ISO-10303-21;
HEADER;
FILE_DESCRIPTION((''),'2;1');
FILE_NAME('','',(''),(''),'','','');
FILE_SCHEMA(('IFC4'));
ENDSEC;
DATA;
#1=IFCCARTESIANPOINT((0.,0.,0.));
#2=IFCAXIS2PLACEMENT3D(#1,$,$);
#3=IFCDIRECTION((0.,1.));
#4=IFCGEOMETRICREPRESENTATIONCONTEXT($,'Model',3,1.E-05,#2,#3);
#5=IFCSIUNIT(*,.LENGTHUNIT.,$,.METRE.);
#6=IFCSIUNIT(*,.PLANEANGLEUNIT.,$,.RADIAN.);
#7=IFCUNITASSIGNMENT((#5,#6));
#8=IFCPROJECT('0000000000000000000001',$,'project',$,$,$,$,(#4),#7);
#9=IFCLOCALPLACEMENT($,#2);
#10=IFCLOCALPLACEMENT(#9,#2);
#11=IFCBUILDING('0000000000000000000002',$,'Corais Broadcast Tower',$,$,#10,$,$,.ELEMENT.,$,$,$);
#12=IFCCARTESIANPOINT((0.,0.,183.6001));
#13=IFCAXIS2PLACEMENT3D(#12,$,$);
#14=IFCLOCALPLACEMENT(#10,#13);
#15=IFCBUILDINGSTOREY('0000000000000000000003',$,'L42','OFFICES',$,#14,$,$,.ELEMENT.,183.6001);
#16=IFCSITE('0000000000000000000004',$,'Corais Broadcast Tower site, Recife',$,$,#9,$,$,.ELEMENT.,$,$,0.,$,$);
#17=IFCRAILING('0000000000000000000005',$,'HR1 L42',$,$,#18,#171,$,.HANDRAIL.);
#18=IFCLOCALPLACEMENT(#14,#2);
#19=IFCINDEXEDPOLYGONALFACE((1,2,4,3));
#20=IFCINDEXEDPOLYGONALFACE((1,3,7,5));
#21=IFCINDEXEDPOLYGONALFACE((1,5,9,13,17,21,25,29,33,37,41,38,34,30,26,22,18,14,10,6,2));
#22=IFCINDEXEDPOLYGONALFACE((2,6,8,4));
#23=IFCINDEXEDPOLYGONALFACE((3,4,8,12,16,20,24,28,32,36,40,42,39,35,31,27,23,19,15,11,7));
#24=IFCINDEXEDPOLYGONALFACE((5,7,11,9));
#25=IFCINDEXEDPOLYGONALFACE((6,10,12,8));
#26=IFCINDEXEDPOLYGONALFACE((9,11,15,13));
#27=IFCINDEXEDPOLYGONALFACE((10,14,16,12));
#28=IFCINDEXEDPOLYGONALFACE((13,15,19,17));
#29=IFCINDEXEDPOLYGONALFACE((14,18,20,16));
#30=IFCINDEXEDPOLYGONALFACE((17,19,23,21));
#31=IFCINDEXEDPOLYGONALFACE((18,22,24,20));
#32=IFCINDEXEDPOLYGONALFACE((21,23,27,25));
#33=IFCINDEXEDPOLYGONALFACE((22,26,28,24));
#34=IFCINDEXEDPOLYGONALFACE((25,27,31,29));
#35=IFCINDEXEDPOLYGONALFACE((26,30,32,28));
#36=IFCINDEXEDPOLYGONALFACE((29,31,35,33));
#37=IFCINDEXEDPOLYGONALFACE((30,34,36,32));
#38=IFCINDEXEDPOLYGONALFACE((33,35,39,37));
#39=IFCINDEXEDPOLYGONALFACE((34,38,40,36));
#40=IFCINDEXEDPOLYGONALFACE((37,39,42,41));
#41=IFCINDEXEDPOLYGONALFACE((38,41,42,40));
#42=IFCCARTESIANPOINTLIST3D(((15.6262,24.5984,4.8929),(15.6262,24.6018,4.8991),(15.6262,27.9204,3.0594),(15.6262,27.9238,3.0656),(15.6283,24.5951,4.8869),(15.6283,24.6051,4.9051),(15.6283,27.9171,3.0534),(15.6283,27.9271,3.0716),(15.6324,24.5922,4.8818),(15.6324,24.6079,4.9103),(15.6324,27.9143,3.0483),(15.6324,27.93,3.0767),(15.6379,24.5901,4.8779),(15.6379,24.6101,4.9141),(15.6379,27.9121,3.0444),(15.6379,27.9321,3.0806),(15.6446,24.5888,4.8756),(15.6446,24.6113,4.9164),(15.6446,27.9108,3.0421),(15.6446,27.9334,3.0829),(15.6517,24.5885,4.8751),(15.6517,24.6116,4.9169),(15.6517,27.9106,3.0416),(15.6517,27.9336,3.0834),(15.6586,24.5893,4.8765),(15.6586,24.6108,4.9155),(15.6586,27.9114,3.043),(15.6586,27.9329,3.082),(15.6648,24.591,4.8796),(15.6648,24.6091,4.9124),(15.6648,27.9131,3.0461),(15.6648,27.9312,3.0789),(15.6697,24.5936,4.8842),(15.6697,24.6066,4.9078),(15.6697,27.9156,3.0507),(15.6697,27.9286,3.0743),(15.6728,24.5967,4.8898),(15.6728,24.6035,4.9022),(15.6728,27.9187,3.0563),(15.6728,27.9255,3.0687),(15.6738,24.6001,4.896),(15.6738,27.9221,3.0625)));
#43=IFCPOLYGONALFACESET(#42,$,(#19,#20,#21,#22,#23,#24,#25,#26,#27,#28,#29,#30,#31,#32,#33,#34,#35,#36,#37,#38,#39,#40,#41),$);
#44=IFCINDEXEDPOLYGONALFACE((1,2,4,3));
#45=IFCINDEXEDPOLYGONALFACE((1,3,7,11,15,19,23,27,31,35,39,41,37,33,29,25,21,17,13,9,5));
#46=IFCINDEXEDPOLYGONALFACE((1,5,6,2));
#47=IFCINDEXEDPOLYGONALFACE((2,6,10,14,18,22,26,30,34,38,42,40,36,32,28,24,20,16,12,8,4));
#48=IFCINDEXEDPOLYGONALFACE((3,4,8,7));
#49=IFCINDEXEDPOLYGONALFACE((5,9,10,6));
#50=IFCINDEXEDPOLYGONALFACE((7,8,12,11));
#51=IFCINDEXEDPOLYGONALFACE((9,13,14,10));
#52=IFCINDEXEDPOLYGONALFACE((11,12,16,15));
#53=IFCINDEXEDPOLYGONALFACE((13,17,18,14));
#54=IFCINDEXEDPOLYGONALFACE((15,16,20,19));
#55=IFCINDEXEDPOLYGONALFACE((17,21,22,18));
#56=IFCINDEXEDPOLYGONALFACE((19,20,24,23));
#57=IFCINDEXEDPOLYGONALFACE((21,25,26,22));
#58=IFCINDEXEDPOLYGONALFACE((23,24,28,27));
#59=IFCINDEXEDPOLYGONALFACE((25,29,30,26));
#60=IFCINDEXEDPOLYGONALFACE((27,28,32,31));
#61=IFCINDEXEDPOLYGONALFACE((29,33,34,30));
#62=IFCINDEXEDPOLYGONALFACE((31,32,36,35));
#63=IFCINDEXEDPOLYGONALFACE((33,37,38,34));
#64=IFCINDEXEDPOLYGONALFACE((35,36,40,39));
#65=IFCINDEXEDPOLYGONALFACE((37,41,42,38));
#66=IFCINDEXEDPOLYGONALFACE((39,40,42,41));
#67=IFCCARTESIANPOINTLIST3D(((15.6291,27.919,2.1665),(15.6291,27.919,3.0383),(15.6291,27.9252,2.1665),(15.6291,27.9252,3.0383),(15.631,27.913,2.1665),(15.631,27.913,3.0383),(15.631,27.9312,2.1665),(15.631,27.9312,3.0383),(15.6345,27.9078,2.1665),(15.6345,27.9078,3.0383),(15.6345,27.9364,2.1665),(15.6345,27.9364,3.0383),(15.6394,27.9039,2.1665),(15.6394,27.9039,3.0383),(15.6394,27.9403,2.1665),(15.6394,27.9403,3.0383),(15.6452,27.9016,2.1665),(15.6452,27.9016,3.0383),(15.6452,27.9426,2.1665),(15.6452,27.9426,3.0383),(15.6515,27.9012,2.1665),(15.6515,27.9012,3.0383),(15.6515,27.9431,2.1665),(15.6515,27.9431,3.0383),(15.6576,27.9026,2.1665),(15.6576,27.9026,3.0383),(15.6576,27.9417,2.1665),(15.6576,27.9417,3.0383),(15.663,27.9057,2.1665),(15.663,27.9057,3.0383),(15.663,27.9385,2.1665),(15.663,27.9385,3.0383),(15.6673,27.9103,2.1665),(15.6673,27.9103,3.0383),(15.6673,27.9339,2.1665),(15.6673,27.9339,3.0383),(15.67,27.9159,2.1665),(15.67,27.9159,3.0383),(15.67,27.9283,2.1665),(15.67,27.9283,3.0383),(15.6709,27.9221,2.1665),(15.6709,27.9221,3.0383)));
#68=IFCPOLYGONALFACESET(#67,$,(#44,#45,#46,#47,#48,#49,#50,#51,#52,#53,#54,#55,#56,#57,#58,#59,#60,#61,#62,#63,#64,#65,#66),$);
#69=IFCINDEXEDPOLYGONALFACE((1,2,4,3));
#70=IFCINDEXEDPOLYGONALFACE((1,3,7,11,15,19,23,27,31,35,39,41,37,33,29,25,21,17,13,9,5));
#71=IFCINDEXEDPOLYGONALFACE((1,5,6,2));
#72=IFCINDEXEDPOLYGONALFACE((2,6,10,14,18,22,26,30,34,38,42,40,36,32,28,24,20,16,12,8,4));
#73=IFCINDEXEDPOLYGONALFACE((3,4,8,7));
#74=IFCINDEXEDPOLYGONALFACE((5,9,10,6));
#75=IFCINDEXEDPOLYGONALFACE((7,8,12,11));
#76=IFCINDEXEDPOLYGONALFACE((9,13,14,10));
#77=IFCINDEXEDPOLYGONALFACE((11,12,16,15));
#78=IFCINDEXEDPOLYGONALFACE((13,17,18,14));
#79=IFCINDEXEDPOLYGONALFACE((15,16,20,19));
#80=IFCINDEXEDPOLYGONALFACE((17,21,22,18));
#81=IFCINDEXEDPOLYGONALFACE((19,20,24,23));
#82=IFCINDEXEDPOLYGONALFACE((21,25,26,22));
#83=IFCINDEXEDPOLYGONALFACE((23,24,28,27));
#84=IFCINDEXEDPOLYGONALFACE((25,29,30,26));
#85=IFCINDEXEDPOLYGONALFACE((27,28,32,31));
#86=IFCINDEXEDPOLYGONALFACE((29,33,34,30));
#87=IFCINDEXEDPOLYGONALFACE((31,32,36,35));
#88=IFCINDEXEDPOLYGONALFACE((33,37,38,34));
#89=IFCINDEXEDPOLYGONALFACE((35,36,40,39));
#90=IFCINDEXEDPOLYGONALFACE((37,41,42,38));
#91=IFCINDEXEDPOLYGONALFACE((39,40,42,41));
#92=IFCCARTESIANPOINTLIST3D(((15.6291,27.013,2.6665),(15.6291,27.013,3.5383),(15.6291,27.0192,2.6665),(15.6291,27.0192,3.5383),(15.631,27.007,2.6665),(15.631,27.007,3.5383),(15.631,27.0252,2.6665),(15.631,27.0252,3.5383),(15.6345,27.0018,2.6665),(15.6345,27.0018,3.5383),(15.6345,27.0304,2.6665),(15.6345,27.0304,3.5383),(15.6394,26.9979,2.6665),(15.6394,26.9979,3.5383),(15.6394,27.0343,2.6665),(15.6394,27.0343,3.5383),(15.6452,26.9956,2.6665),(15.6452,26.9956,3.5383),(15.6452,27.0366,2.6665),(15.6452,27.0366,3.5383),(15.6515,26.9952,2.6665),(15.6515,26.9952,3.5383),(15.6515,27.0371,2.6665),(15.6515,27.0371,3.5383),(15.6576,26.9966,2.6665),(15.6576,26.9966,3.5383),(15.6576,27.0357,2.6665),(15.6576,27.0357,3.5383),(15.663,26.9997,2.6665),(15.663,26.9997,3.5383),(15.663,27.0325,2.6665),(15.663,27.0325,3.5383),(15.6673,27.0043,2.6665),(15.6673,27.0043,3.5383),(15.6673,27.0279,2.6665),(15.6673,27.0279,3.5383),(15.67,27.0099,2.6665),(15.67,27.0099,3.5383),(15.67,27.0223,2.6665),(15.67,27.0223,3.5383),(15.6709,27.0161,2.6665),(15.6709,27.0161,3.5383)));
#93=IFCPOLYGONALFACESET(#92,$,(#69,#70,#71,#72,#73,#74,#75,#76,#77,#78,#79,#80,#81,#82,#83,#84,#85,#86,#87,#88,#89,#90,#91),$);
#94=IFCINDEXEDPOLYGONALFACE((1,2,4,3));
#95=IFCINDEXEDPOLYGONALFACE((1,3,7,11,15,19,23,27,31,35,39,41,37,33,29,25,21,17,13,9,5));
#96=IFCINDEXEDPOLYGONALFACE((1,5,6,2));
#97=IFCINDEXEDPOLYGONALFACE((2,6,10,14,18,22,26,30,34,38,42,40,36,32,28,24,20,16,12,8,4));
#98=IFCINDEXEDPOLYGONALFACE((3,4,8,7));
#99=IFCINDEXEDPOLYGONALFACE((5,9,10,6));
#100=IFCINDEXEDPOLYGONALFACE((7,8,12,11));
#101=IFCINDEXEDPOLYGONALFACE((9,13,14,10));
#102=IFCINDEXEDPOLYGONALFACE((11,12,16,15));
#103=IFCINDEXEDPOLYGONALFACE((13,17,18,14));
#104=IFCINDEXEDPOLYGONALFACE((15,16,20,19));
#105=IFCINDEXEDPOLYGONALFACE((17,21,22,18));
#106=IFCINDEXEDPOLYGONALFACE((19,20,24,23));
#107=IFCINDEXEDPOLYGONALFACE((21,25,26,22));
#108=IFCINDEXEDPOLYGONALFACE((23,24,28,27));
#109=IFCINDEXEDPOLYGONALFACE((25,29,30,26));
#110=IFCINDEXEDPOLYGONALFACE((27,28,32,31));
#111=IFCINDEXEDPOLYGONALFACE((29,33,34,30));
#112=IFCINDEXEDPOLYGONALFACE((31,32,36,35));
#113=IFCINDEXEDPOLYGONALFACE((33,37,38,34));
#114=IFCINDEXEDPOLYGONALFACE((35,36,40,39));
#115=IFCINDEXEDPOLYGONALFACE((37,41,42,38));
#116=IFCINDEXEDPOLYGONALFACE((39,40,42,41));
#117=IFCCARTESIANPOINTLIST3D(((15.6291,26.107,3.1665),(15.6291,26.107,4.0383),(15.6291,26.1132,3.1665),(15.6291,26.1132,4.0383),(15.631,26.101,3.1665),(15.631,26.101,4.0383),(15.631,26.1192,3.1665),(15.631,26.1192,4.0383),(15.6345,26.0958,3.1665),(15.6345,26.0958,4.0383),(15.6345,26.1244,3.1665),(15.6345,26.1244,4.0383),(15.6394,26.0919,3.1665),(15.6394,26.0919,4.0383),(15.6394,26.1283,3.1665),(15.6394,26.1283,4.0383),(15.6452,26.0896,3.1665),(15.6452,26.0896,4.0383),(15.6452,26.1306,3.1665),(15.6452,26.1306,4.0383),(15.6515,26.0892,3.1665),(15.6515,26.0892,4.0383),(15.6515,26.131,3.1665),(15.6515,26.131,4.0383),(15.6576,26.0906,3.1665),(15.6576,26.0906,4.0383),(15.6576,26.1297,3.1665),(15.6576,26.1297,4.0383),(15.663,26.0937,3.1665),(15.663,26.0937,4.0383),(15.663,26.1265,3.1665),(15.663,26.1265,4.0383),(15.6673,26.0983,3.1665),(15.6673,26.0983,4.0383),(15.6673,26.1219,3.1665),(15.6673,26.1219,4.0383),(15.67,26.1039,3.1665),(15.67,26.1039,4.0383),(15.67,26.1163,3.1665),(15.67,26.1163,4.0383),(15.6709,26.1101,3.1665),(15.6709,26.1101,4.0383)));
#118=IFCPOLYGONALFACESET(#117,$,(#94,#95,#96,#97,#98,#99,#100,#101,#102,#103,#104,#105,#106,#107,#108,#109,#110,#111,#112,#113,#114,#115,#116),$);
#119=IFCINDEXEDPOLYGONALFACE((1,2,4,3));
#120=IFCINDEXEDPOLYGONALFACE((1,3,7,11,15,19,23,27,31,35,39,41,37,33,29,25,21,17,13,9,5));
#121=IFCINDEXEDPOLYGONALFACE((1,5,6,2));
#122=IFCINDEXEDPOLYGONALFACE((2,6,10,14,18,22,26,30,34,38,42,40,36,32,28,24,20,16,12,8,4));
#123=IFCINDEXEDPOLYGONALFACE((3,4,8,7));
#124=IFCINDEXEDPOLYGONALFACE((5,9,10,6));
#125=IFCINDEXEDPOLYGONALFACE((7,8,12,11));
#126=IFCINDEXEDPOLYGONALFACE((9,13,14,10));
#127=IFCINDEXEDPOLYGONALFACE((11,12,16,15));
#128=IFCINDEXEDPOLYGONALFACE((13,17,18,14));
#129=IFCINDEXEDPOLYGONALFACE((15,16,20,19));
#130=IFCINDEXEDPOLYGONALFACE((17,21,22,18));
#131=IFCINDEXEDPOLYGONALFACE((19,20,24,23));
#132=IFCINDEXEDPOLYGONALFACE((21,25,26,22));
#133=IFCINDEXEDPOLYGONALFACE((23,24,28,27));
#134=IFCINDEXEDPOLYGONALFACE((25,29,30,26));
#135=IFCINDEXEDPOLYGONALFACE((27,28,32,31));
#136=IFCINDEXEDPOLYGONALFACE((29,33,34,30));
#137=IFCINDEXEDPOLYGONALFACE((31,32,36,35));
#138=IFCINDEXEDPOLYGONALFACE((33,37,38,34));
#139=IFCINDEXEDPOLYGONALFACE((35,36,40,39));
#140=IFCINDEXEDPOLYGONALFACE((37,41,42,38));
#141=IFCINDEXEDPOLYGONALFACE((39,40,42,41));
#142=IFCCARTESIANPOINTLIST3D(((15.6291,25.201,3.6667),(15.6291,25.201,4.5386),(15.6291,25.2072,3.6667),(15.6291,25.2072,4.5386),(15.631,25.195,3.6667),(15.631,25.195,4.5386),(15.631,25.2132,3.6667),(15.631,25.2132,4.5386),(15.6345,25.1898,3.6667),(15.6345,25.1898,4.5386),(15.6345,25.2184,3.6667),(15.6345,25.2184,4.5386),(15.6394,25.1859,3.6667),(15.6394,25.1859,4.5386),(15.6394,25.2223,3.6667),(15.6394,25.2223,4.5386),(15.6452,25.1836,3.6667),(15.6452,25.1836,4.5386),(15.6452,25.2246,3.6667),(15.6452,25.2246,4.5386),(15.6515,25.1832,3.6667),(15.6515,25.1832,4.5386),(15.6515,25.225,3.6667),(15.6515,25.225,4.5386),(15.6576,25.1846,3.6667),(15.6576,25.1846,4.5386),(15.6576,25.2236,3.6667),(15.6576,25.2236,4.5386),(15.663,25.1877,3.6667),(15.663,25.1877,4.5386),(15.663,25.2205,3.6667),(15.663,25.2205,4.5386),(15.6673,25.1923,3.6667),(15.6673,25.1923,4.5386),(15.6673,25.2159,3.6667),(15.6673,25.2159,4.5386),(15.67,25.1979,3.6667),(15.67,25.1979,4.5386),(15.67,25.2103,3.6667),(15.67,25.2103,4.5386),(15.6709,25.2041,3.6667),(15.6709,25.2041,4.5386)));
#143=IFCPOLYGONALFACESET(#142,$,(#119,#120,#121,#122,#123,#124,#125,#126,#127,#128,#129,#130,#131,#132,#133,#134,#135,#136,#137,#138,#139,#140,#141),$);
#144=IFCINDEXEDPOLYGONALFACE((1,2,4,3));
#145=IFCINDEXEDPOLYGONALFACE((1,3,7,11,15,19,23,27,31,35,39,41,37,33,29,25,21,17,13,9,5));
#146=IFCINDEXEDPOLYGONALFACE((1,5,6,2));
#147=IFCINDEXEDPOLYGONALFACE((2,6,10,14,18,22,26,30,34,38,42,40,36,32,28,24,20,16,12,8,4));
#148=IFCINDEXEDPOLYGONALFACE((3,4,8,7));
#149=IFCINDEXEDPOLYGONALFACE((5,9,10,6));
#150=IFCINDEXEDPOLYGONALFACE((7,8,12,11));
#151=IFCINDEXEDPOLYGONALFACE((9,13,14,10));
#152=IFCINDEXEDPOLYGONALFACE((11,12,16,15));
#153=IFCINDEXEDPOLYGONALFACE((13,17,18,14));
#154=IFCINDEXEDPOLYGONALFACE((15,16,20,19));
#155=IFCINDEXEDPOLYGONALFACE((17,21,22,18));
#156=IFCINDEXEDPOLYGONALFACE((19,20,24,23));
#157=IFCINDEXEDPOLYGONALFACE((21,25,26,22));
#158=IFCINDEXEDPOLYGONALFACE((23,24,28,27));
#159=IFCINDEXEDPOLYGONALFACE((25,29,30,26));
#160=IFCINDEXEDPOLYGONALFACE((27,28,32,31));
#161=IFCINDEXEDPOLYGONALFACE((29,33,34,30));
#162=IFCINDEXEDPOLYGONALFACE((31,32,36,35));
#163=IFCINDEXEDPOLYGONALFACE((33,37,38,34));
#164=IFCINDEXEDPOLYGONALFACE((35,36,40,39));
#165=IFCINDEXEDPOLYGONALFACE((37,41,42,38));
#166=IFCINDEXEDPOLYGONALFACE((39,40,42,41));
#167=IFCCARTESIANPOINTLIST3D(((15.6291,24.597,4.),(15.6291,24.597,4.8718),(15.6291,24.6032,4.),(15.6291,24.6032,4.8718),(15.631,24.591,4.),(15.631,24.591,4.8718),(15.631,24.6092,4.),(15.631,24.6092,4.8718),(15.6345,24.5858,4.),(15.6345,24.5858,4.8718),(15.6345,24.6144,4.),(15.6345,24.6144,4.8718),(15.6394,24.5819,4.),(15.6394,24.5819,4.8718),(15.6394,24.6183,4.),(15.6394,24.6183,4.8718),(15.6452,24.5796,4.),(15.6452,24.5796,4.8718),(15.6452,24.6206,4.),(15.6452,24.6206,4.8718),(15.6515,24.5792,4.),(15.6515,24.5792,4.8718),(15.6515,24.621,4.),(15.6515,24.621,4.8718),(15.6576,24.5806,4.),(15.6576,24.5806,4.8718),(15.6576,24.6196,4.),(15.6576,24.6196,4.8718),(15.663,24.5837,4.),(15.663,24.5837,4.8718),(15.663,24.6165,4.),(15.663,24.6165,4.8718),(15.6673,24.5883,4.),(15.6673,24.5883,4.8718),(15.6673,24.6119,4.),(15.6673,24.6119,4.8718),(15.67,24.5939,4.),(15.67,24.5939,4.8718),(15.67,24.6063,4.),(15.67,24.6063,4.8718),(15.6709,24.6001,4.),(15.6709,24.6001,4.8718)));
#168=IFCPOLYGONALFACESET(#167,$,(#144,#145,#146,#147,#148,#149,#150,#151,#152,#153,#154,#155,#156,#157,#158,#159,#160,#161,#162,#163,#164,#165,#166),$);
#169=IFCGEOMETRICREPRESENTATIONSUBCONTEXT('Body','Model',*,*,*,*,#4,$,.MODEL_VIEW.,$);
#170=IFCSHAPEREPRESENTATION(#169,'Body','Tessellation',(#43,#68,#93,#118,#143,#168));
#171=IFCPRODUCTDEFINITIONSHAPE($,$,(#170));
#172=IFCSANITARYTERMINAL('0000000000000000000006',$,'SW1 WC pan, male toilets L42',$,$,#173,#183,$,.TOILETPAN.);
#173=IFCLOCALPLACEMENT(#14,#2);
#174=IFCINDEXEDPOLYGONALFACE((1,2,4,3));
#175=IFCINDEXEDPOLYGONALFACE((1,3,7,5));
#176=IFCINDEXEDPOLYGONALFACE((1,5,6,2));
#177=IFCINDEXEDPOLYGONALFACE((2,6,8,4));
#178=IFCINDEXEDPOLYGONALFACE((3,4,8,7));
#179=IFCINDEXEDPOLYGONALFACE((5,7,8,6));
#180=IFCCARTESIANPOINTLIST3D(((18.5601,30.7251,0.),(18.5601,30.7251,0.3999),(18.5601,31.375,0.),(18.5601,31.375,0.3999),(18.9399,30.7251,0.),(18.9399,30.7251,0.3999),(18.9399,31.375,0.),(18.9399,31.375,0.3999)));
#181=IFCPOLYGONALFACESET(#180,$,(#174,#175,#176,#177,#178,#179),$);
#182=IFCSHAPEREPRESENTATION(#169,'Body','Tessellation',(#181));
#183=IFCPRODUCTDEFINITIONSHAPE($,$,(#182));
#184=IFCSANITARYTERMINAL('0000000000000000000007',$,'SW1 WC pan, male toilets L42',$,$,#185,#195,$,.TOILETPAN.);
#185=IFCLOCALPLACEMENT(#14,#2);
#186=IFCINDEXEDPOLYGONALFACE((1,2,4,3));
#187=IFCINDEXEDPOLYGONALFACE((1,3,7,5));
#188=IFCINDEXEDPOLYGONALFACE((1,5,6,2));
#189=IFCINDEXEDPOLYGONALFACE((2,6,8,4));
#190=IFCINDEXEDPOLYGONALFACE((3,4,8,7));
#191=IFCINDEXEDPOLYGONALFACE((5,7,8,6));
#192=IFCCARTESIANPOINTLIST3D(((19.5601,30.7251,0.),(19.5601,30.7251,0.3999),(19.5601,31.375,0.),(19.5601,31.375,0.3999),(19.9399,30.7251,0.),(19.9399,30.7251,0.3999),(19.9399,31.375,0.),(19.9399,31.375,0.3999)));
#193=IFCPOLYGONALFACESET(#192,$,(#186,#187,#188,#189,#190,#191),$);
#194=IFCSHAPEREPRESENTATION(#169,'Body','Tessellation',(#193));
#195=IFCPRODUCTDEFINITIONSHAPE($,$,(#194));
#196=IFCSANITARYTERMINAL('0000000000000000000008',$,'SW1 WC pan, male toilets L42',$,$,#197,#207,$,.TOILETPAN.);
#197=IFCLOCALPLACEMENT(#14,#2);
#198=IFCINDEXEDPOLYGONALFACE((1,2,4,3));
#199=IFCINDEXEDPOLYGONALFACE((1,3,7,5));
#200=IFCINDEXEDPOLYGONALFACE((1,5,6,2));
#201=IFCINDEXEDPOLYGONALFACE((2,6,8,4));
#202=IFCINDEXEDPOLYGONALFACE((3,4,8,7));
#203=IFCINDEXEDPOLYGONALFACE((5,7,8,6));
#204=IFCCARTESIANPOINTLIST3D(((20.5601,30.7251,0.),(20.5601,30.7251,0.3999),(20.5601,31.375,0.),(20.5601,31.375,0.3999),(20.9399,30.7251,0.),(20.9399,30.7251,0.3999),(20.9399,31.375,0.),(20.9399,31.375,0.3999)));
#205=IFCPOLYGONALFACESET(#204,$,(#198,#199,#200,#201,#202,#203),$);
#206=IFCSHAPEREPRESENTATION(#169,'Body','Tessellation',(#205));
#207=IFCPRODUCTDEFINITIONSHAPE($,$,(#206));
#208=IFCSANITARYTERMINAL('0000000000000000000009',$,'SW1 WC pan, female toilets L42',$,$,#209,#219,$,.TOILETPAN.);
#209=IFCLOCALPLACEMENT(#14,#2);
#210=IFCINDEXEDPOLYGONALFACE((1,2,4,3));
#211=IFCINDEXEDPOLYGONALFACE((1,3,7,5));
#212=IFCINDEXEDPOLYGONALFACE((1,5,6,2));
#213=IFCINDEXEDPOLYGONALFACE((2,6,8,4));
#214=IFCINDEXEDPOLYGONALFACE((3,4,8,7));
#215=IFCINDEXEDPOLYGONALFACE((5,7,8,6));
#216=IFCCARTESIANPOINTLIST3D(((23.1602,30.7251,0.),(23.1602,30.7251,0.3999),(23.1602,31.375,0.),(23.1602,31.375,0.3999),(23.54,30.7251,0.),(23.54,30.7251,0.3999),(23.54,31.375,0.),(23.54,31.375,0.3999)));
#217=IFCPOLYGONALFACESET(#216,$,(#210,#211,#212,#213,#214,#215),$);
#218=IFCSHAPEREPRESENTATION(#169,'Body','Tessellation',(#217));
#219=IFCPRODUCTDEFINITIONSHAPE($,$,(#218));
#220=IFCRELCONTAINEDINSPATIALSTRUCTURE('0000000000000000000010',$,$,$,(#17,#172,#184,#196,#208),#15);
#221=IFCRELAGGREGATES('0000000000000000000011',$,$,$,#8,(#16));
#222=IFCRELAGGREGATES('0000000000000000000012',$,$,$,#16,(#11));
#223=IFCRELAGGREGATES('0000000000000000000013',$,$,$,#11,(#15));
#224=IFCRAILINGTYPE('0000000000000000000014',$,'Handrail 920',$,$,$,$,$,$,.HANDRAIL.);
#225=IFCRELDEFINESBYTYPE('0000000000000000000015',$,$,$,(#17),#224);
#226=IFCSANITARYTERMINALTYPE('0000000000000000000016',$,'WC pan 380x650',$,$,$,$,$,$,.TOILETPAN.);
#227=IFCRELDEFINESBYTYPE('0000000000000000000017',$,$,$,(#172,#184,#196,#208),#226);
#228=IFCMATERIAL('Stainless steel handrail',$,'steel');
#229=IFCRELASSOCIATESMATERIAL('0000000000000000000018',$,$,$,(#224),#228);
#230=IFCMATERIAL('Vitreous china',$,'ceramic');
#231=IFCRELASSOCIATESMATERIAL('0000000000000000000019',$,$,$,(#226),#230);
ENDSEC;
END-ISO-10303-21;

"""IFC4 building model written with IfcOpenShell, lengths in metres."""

from ifc_helpers import new_model, si_unit, direction, frame, origin, origin_2d, place, context, subcontext, project, spatial, rectangle, circle, extrude, material, type_object, element, save


model = new_model("IFC4")

# Units and contexts
model_context = context("Model", 3, precision=1e-05, world=origin(), true_north=direction((0.0, 1.0)))
body_context = subcontext(model_context, "Body", "Model", "MODEL_VIEW")
ifc_project = project(units=[si_unit("LENGTHUNIT", "METRE"), si_unit("PLANEANGLEUNIT", "RADIAN")], contexts=[model_context])

# Site, building, storey
site_placement = place(None, origin())
site = spatial("IfcSite", under=ifc_project, at=site_placement, Name="Corais Broadcast Tower site, Recife", CompositionType="ELEMENT", RefElevation=0.0)
building_placement = place(site_placement, origin())
building = spatial("IfcBuilding", under=site, at=building_placement, Name="Corais Broadcast Tower", CompositionType="ELEMENT")
storey_placement = place(building_placement, frame((0.0, 0.0, 183.6001)))
storey = spatial("IfcBuildingStorey", under=building, at=storey_placement, Name="L42", Description="OFFICES", CompositionType="ELEMENT", Elevation=183.6001)

# Railing
ifc_material_1 = material(Name="Stainless steel handrail", Category="steel")
railing_type = type_object("IfcRailingType", Name="Handrail 920", PredefinedType="HANDRAIL", material=ifc_material_1)
railing_placement = place(storey_placement, frame((15.6499, 27.9221, 2.1665)))
element("IfcRailing", 1, at=railing_placement, inside=storey, type_object=railing_type, Name="HR1 L42", PredefinedType="HANDRAIL", context=body_context, shape_type="SweptSolid", body=[
    extrude(circle(Radius=0.0239, at=origin_2d()), frame((0.0, 0.0, 0.896), z_axis=(0.0, -0.875504, 0.48321), x_axis=(1.0, 0.0, 0.0)), (0.0, 0.0, 1.0), 3.7944),
    extrude(circle(Radius=0.021, at=origin_2d()), origin(), (0.0, 0.0, 1.0), 0.8718),
    extrude(circle(Radius=0.021, at=origin_2d()), frame((0.0, -0.906, 0.5)), (0.0, 0.0, 1.0), 0.8718),
    extrude(circle(Radius=0.021, at=origin_2d()), frame((0.0, -1.812, 1.0)), (0.0, 0.0, 1.0), 0.8718),
    extrude(circle(Radius=0.021, at=origin_2d()), frame((0.0, -2.718, 1.5002)), (0.0, 0.0, 1.0), 0.8718),
    extrude(circle(Radius=0.021, at=origin_2d()), frame((0.0, -3.322, 1.8335)), (0.0, 0.0, 1.0), 0.8718),
])

# Sanitary terminals
ifc_material_2 = material(Name="Vitreous china", Category="ceramic")
sanitary_terminal_type = type_object("IfcSanitaryTerminalType", Name="WC pan 380x650", PredefinedType="TOILETPAN", material=ifc_material_2)
for number, where, z_axis, x_axis, name in (
    (2, (18.75, 31.05, 0.0), (0.0, 0.0, 1.0), (1.0, 0.0, 0.0), "SW1 WC pan, male toilets L42"),
    (3, (19.75, 31.05, 0.0), (0.0, 0.0, 1.0), (1.0, 0.0, 0.0), "SW1 WC pan, male toilets L42"),
    (4, (20.75, 31.05, 0.0), (0.0, 0.0, 1.0), (1.0, 0.0, 0.0), "SW1 WC pan, male toilets L42"),
    (5, (23.3501, 31.05, 0.0), (0.0, 0.0, 1.0), (1.0, 0.0, 0.0), "SW1 WC pan, female toilets L42"),
):
    element("IfcSanitaryTerminal", number, at=place(storey_placement, frame(where, z_axis=z_axis, x_axis=x_axis)), inside=storey, type_object=sanitary_terminal_type, Name=name, PredefinedType="TOILETPAN", context=body_context, shape_type="SweptSolid", body=[
        extrude(rectangle(XDim=0.3799, YDim=0.6499, at=origin_2d()), origin(), (0.0, 0.0, 1.0), 0.3999),
    ])

save(model, "model.ifc")
